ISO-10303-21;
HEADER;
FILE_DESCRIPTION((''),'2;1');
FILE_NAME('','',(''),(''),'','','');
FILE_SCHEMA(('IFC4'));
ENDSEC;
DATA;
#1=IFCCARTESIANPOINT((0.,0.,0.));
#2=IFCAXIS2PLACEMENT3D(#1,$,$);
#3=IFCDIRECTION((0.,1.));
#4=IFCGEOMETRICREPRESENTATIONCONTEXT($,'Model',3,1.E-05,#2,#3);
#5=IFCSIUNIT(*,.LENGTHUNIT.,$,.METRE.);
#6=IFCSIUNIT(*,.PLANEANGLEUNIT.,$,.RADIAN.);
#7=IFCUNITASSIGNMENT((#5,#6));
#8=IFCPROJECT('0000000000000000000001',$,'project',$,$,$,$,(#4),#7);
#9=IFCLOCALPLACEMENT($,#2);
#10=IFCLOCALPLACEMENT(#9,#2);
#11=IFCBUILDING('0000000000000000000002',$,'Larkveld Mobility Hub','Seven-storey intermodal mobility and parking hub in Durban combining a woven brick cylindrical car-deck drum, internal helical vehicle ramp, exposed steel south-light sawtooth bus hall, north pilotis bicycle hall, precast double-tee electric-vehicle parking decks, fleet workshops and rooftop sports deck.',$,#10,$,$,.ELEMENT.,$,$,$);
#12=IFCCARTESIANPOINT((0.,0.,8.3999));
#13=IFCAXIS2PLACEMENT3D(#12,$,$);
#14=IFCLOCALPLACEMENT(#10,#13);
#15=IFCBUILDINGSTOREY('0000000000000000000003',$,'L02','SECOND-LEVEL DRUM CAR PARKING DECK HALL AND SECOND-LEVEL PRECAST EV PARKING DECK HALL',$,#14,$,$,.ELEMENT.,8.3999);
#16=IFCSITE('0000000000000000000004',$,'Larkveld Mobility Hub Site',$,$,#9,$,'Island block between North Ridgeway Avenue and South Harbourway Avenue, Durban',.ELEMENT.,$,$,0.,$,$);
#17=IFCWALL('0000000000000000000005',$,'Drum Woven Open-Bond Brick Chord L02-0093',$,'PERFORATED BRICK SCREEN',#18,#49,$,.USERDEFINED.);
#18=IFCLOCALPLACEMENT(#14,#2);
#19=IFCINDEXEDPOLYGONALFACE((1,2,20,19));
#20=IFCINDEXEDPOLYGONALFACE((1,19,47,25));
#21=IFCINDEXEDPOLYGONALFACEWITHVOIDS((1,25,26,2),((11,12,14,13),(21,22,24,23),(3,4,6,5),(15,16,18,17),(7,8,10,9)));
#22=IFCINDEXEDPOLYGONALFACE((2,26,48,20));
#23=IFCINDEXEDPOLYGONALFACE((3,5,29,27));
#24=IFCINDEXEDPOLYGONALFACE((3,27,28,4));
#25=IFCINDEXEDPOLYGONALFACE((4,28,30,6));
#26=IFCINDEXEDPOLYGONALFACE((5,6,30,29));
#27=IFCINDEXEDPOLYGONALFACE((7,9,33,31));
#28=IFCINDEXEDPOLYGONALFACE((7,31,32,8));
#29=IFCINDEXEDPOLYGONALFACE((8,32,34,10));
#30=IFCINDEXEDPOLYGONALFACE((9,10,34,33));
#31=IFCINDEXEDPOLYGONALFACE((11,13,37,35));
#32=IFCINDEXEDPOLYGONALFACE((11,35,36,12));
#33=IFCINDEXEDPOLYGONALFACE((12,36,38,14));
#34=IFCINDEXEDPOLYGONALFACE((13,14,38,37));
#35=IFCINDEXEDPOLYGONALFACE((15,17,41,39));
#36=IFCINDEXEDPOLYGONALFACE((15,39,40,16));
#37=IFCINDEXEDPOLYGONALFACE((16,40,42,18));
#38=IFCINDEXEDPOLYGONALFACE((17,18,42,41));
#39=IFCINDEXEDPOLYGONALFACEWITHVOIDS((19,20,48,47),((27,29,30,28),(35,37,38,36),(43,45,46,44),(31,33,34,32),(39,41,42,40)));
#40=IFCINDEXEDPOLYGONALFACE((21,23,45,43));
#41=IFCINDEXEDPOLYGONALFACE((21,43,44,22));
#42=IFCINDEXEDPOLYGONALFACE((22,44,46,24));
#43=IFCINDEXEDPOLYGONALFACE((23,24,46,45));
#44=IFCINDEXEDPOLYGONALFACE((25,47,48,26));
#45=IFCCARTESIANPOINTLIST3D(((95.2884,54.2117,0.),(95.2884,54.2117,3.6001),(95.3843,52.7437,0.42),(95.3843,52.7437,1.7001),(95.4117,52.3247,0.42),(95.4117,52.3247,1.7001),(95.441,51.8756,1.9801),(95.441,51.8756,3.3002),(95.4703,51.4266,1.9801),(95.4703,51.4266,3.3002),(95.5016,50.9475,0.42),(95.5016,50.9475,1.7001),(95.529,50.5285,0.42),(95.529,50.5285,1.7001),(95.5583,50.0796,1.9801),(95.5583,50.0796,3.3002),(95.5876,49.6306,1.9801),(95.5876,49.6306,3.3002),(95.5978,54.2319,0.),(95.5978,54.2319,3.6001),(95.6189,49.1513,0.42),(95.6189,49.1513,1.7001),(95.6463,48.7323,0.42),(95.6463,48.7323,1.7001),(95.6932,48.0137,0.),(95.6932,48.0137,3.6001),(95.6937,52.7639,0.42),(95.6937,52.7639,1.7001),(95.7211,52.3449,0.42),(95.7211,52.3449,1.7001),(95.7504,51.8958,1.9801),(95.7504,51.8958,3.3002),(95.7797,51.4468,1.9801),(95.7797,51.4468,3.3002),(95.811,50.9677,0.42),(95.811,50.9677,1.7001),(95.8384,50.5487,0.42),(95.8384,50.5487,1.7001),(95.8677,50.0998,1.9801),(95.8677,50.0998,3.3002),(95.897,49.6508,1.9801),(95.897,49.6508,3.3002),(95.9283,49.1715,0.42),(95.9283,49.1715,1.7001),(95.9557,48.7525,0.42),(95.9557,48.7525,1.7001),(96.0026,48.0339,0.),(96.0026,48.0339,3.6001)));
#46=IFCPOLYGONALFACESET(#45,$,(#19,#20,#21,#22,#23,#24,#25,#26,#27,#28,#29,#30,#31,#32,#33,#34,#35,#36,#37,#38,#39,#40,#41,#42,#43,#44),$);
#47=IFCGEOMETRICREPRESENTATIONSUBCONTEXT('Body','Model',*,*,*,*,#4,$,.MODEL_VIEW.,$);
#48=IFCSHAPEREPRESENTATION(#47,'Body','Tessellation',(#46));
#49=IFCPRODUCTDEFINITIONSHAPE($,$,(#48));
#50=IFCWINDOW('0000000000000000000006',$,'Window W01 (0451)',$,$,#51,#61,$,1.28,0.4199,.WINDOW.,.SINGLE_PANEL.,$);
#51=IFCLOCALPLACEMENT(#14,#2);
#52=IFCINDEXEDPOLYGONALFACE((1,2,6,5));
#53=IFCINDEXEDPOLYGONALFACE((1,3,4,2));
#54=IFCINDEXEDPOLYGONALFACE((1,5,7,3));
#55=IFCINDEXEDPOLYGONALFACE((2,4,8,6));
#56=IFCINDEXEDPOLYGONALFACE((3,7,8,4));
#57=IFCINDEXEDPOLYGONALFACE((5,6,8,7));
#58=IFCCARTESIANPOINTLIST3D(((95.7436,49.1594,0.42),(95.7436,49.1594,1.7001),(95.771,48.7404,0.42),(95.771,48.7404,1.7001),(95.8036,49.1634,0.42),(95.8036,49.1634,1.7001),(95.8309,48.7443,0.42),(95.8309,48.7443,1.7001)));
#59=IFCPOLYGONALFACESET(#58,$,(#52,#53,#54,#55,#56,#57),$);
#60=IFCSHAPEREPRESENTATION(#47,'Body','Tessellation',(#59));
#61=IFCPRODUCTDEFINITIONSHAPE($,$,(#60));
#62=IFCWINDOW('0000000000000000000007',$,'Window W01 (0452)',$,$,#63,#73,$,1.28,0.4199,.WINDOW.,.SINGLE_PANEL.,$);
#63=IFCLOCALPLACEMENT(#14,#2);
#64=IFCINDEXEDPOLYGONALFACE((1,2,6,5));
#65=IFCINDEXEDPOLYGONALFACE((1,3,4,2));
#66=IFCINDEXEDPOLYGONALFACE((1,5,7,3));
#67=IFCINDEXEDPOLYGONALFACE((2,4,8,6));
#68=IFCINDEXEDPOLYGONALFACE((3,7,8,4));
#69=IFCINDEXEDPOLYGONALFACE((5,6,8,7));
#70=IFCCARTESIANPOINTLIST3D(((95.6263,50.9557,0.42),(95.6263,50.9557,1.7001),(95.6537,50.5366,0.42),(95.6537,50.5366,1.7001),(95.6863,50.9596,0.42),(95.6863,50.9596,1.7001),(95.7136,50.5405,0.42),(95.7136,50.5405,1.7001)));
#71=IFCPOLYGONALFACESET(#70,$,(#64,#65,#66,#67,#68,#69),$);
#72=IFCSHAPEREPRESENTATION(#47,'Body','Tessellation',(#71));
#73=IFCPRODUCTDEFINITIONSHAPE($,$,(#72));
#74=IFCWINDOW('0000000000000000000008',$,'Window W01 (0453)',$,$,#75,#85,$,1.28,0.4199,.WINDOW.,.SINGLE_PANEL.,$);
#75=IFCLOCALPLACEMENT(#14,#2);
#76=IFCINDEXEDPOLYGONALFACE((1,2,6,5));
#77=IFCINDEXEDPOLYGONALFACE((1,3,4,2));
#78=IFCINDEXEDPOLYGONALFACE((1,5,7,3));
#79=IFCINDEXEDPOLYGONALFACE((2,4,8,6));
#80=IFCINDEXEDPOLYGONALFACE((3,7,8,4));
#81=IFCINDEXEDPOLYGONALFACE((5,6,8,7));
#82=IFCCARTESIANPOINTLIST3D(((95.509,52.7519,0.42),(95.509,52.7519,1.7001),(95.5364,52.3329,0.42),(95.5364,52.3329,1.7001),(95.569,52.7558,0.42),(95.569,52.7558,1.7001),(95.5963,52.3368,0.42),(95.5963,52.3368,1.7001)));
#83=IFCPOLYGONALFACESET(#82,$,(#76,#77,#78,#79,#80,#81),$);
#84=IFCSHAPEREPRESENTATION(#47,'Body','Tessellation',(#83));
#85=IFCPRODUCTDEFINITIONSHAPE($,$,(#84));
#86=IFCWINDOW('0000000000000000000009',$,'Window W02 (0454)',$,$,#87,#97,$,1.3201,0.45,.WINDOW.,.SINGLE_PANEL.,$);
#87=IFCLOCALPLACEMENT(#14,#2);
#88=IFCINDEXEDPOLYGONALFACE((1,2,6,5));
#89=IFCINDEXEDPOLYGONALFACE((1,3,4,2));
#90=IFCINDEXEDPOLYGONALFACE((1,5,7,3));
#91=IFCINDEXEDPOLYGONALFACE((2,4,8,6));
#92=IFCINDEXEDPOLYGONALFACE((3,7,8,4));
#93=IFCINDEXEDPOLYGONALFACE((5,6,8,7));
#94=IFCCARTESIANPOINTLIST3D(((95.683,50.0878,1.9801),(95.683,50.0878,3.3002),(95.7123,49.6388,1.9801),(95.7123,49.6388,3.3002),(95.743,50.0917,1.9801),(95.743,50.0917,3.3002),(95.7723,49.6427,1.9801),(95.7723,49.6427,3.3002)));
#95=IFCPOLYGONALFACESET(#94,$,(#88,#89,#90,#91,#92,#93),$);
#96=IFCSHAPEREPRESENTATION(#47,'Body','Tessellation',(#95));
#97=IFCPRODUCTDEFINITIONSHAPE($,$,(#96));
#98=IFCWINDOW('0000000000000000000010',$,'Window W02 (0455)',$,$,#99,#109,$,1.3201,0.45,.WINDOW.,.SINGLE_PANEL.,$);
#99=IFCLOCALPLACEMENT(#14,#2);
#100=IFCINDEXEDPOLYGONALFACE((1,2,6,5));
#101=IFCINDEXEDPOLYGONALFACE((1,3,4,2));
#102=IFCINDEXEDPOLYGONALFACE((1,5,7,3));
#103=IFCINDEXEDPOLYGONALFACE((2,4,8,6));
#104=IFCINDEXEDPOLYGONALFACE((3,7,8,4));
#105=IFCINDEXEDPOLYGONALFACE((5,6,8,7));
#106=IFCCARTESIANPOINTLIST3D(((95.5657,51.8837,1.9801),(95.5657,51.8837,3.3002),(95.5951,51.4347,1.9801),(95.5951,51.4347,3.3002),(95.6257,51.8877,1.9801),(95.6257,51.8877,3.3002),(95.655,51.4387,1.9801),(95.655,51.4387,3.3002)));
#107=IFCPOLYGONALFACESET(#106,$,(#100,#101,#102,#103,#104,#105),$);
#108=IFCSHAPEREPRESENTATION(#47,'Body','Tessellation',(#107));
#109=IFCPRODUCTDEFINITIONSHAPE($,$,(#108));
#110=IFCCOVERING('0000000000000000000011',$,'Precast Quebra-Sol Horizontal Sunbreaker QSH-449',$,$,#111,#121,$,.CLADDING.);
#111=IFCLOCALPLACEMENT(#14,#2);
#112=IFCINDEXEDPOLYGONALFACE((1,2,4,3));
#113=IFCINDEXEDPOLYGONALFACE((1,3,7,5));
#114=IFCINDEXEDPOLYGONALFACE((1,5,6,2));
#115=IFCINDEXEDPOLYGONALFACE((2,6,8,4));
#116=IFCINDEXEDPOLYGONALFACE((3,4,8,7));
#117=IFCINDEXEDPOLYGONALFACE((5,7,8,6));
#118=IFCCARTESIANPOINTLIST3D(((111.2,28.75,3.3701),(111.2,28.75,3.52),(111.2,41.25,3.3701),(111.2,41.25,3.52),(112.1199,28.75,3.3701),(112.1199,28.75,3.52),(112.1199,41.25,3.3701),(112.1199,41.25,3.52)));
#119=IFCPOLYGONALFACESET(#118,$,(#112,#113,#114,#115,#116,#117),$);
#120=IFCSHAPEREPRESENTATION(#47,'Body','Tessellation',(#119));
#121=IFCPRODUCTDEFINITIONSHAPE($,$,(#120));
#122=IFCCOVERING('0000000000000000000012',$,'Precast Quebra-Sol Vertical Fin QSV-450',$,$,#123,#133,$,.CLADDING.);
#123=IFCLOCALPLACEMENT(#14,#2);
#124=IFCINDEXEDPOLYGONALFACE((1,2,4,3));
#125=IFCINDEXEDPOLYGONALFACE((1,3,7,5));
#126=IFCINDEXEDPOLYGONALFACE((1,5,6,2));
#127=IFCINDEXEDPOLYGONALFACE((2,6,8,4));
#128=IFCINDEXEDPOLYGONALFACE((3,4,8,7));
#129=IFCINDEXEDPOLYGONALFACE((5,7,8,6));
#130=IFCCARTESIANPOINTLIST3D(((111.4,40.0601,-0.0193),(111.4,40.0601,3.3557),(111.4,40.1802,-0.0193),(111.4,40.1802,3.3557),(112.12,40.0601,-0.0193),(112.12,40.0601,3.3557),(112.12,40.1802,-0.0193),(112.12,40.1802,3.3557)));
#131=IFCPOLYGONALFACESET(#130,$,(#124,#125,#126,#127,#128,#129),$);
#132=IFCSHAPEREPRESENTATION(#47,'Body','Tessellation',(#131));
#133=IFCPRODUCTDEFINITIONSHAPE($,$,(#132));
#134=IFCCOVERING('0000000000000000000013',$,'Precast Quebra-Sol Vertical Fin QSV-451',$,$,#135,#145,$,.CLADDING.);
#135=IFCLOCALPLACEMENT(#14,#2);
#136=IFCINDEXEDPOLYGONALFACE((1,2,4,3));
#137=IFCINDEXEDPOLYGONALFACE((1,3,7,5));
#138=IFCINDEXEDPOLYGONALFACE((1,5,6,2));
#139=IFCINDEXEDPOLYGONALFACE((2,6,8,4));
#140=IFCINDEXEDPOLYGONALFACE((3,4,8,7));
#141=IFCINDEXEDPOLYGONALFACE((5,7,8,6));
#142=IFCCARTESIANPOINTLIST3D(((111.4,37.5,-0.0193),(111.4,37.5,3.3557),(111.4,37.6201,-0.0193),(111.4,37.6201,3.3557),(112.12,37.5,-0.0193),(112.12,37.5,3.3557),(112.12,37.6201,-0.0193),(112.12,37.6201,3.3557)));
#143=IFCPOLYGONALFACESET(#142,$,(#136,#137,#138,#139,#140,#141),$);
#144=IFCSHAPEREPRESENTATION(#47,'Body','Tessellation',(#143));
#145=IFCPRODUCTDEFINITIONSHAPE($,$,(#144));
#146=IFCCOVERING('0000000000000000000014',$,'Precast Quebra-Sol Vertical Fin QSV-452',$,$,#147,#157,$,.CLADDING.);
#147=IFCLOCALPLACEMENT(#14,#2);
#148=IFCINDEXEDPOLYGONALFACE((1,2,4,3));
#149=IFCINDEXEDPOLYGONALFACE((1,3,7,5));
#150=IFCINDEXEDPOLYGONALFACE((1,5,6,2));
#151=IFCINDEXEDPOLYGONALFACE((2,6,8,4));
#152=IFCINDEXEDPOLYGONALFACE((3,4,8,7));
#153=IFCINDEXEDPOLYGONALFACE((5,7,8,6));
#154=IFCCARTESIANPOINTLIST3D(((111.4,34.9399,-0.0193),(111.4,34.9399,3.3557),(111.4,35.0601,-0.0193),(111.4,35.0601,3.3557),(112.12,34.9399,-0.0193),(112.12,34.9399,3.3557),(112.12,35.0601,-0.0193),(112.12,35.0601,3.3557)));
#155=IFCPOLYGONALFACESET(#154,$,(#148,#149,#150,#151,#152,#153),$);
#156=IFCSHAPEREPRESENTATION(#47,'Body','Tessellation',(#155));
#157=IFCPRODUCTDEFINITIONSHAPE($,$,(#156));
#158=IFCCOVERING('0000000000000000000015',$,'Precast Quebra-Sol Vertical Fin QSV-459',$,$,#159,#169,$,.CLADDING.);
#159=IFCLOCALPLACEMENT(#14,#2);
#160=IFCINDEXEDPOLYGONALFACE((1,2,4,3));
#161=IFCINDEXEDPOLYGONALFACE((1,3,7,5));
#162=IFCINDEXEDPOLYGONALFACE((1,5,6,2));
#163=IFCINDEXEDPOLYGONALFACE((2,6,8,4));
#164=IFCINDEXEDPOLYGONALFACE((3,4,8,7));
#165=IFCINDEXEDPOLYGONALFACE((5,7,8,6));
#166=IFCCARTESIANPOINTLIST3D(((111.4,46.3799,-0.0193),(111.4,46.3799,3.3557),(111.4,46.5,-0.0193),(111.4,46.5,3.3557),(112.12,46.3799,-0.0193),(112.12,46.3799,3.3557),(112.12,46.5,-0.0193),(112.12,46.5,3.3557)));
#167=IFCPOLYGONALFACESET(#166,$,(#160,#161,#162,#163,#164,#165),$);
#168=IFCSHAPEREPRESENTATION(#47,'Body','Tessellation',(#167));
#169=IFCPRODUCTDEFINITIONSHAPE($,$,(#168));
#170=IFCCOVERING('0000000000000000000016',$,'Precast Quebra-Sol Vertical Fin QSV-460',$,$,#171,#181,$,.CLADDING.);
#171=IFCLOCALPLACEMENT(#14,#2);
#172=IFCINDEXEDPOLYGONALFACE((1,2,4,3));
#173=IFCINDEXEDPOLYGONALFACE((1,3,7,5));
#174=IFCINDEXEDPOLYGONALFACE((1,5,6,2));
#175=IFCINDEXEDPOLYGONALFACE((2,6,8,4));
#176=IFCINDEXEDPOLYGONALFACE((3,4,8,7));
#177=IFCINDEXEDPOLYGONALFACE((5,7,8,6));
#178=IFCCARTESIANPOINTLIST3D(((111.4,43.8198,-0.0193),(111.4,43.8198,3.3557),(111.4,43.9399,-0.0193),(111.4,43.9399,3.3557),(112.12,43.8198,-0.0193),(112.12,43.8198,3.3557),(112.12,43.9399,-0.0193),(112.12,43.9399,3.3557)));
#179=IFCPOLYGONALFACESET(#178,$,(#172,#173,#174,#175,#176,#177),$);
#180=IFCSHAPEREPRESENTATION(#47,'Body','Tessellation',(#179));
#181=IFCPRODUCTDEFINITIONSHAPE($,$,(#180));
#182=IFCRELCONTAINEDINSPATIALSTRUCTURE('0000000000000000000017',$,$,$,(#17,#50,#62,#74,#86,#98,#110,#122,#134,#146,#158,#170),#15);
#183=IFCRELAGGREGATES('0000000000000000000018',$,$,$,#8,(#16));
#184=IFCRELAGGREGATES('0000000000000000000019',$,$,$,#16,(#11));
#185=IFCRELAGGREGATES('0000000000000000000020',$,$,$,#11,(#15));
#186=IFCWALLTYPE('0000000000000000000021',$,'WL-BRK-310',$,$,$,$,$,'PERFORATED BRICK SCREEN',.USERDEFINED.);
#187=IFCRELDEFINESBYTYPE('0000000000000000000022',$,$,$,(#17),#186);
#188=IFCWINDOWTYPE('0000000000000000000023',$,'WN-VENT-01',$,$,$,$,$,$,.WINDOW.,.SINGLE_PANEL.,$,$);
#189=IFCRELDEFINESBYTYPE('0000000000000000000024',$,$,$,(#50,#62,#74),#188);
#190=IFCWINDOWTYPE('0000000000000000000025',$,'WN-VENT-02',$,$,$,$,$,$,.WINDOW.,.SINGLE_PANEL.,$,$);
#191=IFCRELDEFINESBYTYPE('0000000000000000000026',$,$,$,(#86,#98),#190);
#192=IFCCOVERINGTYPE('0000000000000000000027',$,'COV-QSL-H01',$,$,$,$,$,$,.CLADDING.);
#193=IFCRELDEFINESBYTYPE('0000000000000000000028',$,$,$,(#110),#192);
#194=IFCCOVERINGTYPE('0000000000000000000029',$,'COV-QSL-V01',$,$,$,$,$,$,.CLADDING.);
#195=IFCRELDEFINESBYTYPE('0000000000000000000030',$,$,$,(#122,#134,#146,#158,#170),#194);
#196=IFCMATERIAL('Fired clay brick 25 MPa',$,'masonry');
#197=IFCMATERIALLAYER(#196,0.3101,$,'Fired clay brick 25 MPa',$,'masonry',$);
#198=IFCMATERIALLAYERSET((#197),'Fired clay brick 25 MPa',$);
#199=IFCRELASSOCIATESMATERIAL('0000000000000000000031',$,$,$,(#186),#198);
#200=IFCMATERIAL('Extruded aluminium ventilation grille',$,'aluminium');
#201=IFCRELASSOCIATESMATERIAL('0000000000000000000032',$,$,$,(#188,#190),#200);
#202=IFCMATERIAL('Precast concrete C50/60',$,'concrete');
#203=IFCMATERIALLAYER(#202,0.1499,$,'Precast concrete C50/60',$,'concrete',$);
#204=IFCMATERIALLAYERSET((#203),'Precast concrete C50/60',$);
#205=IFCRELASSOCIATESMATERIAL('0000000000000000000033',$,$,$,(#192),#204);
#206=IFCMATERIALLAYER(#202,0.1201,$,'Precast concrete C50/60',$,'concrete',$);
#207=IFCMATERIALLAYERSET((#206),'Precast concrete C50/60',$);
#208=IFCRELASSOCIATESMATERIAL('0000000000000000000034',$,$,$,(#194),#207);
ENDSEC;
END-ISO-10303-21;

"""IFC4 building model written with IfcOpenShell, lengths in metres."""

from ifc_helpers import new_model, si_unit, direction, frame, frame_2d, origin, origin_2d, place, context, subcontext, project, spatial, rectangle, extrude, material, layer, layer_set, type_object, element, fill, save


model = new_model("IFC4")

# Units and contexts
model_context = context("Model", 3, precision=1e-05, world=origin(), true_north=direction((0.0, 1.0)))
body_context = subcontext(model_context, "Body", "Model", "MODEL_VIEW")
ifc_project = project(units=[si_unit("LENGTHUNIT", "METRE"), si_unit("PLANEANGLEUNIT", "RADIAN")], contexts=[model_context])

# Site, building, storey
site_placement = place(None, origin())
site = spatial("IfcSite", under=ifc_project, at=site_placement, Name="Larkveld Mobility Hub Site", LongName="Island block between North Ridgeway Avenue and South Harbourway Avenue, Durban", CompositionType="ELEMENT", RefElevation=0.0)
building_placement = place(site_placement, origin())
building = spatial("IfcBuilding", under=site, at=building_placement, Name="Larkveld Mobility Hub", Description="Seven-storey intermodal mobility and parking hub in Durban combining a woven brick cylindrical car-deck drum, internal helical vehicle ramp, exposed steel south-light sawtooth bus hall, north pilotis bicycle hall, precast double-tee electric-vehicle parking decks, fleet workshops and rooftop sports deck.", CompositionType="ELEMENT")
storey_placement = place(building_placement, frame((0.0, 0.0, 8.3999)))
storey = spatial("IfcBuildingStorey", under=building, at=storey_placement, Name="L02", Description="SECOND-LEVEL DRUM CAR PARKING DECK HALL AND SECOND-LEVEL PRECAST EV PARKING DECK HALL", CompositionType="ELEMENT", Elevation=8.3999)

# Wall, openings, windows
ifc_material_1 = material(Name="Fired clay brick 25 MPa", Category="masonry")
ifc_layer_1 = layer(ifc_material_1, 0.3101, Name="Fired clay brick 25 MPa", Category="masonry")
ifc_layer_set_1 = layer_set([ifc_layer_1], Name="Fired clay brick 25 MPa")
wall_type = type_object("IfcWallType", Name="WL-BRK-310", ElementType="PERFORATED BRICK SCREEN", PredefinedType="USERDEFINED", material=ifc_layer_set_1)
wall_placement = place(storey_placement, frame((95.8479, 48.0239, 0.0), z_axis=(0.0, 0.0, 1.0), x_axis=(-0.06517, 0.997874, 0.0)))
wall = element("IfcWall", 1, at=wall_placement, inside=storey, type_object=wall_type, Name="Drum Woven Open-Bond Brick Chord L02-0093", ObjectType="PERFORATED BRICK SCREEN", PredefinedType="USERDEFINED", context=body_context, shape_type="SweptSolid", body=[
    extrude(rectangle(XDim=6.2112, YDim=0.3101, at=frame_2d((3.1055, 0.0))), origin(), (0.0, 0.0, 1.0), 3.6001),
])
opening_1_placement = place(wall_placement, frame((0.72, 0.0, 0.4199)))
opening_1 = element("IfcOpeningElement", 2, at=opening_1_placement, cuts=wall, PredefinedType="OPENING", context=body_context, shape_type="SweptSolid", body=[
    extrude(rectangle(XDim=0.4199, YDim=1.28, at=frame_2d((0.21, 0.6401))), frame((0.0, 0.165, 0.0), z_axis=(0.0, -1.0, 0.0), x_axis=(1.0, 0.0, 0.0)), (0.0, 0.0, 1.0), 0.3301),
])
opening_2_placement = place(wall_placement, frame((2.52, 0.0, 0.4199)))
opening_2 = element("IfcOpeningElement", 3, at=opening_2_placement, cuts=wall, PredefinedType="OPENING", context=body_context, shape_type="SweptSolid", body=[
    extrude(rectangle(XDim=0.4199, YDim=1.28, at=frame_2d((0.21, 0.6401))), frame((0.0, 0.165, 0.0), z_axis=(0.0, -1.0, 0.0), x_axis=(1.0, 0.0, 0.0)), (0.0, 0.0, 1.0), 0.3301),
])
opening_3_placement = place(wall_placement, frame((4.3201, 0.0, 0.4199)))
opening_3 = element("IfcOpeningElement", 4, at=opening_3_placement, cuts=wall, PredefinedType="OPENING", context=body_context, shape_type="SweptSolid", body=[
    extrude(rectangle(XDim=0.4199, YDim=1.28, at=frame_2d((0.21, 0.6401))), frame((0.0, 0.165, 0.0), z_axis=(0.0, -1.0, 0.0), x_axis=(1.0, 0.0, 0.0)), (0.0, 0.0, 1.0), 0.3301),
])
opening_4_placement = place(wall_placement, frame((1.6201, 0.0, 1.98)))
opening_4 = element("IfcOpeningElement", 5, at=opening_4_placement, cuts=wall, PredefinedType="OPENING", context=body_context, shape_type="SweptSolid", body=[
    extrude(rectangle(XDim=0.45, YDim=1.3201, at=frame_2d((0.2251, 0.6602))), frame((0.0, 0.165, 0.0), z_axis=(0.0, -1.0, 0.0), x_axis=(1.0, 0.0, 0.0)), (0.0, 0.0, 1.0), 0.3301),
])
opening_5_placement = place(wall_placement, frame((3.4199, 0.0, 1.98)))
opening_5 = element("IfcOpeningElement", 6, at=opening_5_placement, cuts=wall, PredefinedType="OPENING", context=body_context, shape_type="SweptSolid", body=[
    extrude(rectangle(XDim=0.45, YDim=1.3201, at=frame_2d((0.2251, 0.6602))), frame((0.0, 0.165, 0.0), z_axis=(0.0, -1.0, 0.0), x_axis=(1.0, 0.0, 0.0)), (0.0, 0.0, 1.0), 0.3301),
])
ifc_material_2 = material(Name="Extruded aluminium ventilation grille", Category="aluminium")
window_type_1 = type_object("IfcWindowType", Name="WN-VENT-01", PartitioningType="SINGLE_PANEL", PredefinedType="WINDOW", material=ifc_material_2)
window_1_placement = place(opening_1_placement, origin())
window_1 = element("IfcWindow", 7, at=window_1_placement, inside=storey, type_object=window_type_1, Name="Window W01 (0451)", OverallHeight=1.28, OverallWidth=0.4199, PartitioningType="SINGLE_PANEL", PredefinedType="WINDOW", context=body_context, shape_type="SweptSolid", body=[
    extrude(rectangle(XDim=0.4199, YDim=1.28, at=frame_2d((0.21, 0.6401))), frame((0.0, 0.03, 0.0), z_axis=(0.0, -1.0, 0.0), x_axis=(1.0, 0.0, 0.0)), (0.0, 0.0, 1.0), 0.0601),
])
fill(opening_1, window_1)
window_2_placement = place(opening_2_placement, origin())
window_2 = element("IfcWindow", 8, at=window_2_placement, inside=storey, type_object=window_type_1, Name="Window W01 (0452)", OverallHeight=1.28, OverallWidth=0.4199, PartitioningType="SINGLE_PANEL", PredefinedType="WINDOW", context=body_context, shape_type="SweptSolid", body=[
    extrude(rectangle(XDim=0.4199, YDim=1.28, at=frame_2d((0.21, 0.6401))), frame((0.0, 0.03, 0.0), z_axis=(0.0, -1.0, 0.0), x_axis=(1.0, 0.0, 0.0)), (0.0, 0.0, 1.0), 0.0601),
])
fill(opening_2, window_2)
window_3_placement = place(opening_3_placement, origin())
window_3 = element("IfcWindow", 9, at=window_3_placement, inside=storey, type_object=window_type_1, Name="Window W01 (0453)", OverallHeight=1.28, OverallWidth=0.4199, PartitioningType="SINGLE_PANEL", PredefinedType="WINDOW", context=body_context, shape_type="SweptSolid", body=[
    extrude(rectangle(XDim=0.4199, YDim=1.28, at=frame_2d((0.21, 0.6401))), frame((0.0, 0.03, 0.0), z_axis=(0.0, -1.0, 0.0), x_axis=(1.0, 0.0, 0.0)), (0.0, 0.0, 1.0), 0.0601),
])
fill(opening_3, window_3)
window_type_2 = type_object("IfcWindowType", Name="WN-VENT-02", PartitioningType="SINGLE_PANEL", PredefinedType="WINDOW", material=ifc_material_2)
window_4_placement = place(opening_4_placement, origin())
window_4 = element("IfcWindow", 10, at=window_4_placement, inside=storey, type_object=window_type_2, Name="Window W02 (0454)", OverallHeight=1.3201, OverallWidth=0.45, PartitioningType="SINGLE_PANEL", PredefinedType="WINDOW", context=body_context, shape_type="SweptSolid", body=[
    extrude(rectangle(XDim=0.45, YDim=1.3201, at=frame_2d((0.2251, 0.6602))), frame((0.0, 0.03, 0.0), z_axis=(0.0, -1.0, 0.0), x_axis=(1.0, 0.0, 0.0)), (0.0, 0.0, 1.0), 0.0601),
])
fill(opening_4, window_4)
window_5_placement = place(opening_5_placement, origin())
window_5 = element("IfcWindow", 11, at=window_5_placement, inside=storey, type_object=window_type_2, Name="Window W02 (0455)", OverallHeight=1.3201, OverallWidth=0.45, PartitioningType="SINGLE_PANEL", PredefinedType="WINDOW", context=body_context, shape_type="SweptSolid", body=[
    extrude(rectangle(XDim=0.45, YDim=1.3201, at=frame_2d((0.2251, 0.6602))), frame((0.0, 0.03, 0.0), z_axis=(0.0, -1.0, 0.0), x_axis=(1.0, 0.0, 0.0)), (0.0, 0.0, 1.0), 0.0601),
])
fill(opening_5, window_5)

# Coverings
ifc_material_3 = material(Name="Precast concrete C50/60", Category="concrete")
ifc_layer_2 = layer(ifc_material_3, 0.1499, Name="Precast concrete C50/60", Category="concrete")
ifc_layer_set_2 = layer_set([ifc_layer_2], Name="Precast concrete C50/60")
covering_type_1 = type_object("IfcCoveringType", Name="COV-QSL-H01", PredefinedType="CLADDING", material=ifc_layer_set_2)
covering_placement = place(storey_placement, frame((111.6599, 35.0, 3.3701), z_axis=(0.0, 0.0, 1.0), x_axis=(0.0, -1.0, 0.0)))
element("IfcCovering", 12, at=covering_placement, inside=storey, type_object=covering_type_1, Name="Precast Quebra-Sol Horizontal Sunbreaker QSH-449", PredefinedType="CLADDING", context=body_context, shape_type="SweptSolid", body=[
    extrude(rectangle(XDim=12.5, YDim=0.9199, at=origin_2d()), origin(), (0.0, 0.0, 1.0), 0.1499),
])
ifc_layer_3 = layer(ifc_material_3, 0.1201, Name="Precast concrete C50/60", Category="concrete")
ifc_layer_set_3 = layer_set([ifc_layer_3], Name="Precast concrete C50/60")
covering_type_2 = type_object("IfcCoveringType", Name="COV-QSL-V01", PredefinedType="CLADDING", material=ifc_layer_set_3)
for number, where, z_axis, x_axis, name in (
    (13, (111.76, 40.1201, -0.0193), (0.0, 0.0, 1.0), (0.0, -1.0, 0.0), "Precast Quebra-Sol Vertical Fin QSV-450"),
    (14, (111.76, 37.5601, -0.0193), (0.0, 0.0, 1.0), (0.0, -1.0, 0.0), "Precast Quebra-Sol Vertical Fin QSV-451"),
    (15, (111.76, 35.0, -0.0193), (0.0, 0.0, 1.0), (0.0, -1.0, 0.0), "Precast Quebra-Sol Vertical Fin QSV-452"),
    (16, (111.76, 46.4399, -0.0193), (0.0, 0.0, 1.0), (0.0, -1.0, 0.0), "Precast Quebra-Sol Vertical Fin QSV-459"),
    (17, (111.76, 43.8799, -0.0193), (0.0, 0.0, 1.0), (0.0, -1.0, 0.0), "Precast Quebra-Sol Vertical Fin QSV-460"),
):
    element("IfcCovering", number, at=place(storey_placement, frame(where, z_axis=z_axis, x_axis=x_axis)), inside=storey, type_object=covering_type_2, Name=name, PredefinedType="CLADDING", context=body_context, shape_type="SweptSolid", body=[
        extrude(rectangle(XDim=0.1201, YDim=0.72, at=origin_2d()), origin(), (0.0, 0.0, 1.0), 3.375),
    ])

save(model, "model.ifc")
